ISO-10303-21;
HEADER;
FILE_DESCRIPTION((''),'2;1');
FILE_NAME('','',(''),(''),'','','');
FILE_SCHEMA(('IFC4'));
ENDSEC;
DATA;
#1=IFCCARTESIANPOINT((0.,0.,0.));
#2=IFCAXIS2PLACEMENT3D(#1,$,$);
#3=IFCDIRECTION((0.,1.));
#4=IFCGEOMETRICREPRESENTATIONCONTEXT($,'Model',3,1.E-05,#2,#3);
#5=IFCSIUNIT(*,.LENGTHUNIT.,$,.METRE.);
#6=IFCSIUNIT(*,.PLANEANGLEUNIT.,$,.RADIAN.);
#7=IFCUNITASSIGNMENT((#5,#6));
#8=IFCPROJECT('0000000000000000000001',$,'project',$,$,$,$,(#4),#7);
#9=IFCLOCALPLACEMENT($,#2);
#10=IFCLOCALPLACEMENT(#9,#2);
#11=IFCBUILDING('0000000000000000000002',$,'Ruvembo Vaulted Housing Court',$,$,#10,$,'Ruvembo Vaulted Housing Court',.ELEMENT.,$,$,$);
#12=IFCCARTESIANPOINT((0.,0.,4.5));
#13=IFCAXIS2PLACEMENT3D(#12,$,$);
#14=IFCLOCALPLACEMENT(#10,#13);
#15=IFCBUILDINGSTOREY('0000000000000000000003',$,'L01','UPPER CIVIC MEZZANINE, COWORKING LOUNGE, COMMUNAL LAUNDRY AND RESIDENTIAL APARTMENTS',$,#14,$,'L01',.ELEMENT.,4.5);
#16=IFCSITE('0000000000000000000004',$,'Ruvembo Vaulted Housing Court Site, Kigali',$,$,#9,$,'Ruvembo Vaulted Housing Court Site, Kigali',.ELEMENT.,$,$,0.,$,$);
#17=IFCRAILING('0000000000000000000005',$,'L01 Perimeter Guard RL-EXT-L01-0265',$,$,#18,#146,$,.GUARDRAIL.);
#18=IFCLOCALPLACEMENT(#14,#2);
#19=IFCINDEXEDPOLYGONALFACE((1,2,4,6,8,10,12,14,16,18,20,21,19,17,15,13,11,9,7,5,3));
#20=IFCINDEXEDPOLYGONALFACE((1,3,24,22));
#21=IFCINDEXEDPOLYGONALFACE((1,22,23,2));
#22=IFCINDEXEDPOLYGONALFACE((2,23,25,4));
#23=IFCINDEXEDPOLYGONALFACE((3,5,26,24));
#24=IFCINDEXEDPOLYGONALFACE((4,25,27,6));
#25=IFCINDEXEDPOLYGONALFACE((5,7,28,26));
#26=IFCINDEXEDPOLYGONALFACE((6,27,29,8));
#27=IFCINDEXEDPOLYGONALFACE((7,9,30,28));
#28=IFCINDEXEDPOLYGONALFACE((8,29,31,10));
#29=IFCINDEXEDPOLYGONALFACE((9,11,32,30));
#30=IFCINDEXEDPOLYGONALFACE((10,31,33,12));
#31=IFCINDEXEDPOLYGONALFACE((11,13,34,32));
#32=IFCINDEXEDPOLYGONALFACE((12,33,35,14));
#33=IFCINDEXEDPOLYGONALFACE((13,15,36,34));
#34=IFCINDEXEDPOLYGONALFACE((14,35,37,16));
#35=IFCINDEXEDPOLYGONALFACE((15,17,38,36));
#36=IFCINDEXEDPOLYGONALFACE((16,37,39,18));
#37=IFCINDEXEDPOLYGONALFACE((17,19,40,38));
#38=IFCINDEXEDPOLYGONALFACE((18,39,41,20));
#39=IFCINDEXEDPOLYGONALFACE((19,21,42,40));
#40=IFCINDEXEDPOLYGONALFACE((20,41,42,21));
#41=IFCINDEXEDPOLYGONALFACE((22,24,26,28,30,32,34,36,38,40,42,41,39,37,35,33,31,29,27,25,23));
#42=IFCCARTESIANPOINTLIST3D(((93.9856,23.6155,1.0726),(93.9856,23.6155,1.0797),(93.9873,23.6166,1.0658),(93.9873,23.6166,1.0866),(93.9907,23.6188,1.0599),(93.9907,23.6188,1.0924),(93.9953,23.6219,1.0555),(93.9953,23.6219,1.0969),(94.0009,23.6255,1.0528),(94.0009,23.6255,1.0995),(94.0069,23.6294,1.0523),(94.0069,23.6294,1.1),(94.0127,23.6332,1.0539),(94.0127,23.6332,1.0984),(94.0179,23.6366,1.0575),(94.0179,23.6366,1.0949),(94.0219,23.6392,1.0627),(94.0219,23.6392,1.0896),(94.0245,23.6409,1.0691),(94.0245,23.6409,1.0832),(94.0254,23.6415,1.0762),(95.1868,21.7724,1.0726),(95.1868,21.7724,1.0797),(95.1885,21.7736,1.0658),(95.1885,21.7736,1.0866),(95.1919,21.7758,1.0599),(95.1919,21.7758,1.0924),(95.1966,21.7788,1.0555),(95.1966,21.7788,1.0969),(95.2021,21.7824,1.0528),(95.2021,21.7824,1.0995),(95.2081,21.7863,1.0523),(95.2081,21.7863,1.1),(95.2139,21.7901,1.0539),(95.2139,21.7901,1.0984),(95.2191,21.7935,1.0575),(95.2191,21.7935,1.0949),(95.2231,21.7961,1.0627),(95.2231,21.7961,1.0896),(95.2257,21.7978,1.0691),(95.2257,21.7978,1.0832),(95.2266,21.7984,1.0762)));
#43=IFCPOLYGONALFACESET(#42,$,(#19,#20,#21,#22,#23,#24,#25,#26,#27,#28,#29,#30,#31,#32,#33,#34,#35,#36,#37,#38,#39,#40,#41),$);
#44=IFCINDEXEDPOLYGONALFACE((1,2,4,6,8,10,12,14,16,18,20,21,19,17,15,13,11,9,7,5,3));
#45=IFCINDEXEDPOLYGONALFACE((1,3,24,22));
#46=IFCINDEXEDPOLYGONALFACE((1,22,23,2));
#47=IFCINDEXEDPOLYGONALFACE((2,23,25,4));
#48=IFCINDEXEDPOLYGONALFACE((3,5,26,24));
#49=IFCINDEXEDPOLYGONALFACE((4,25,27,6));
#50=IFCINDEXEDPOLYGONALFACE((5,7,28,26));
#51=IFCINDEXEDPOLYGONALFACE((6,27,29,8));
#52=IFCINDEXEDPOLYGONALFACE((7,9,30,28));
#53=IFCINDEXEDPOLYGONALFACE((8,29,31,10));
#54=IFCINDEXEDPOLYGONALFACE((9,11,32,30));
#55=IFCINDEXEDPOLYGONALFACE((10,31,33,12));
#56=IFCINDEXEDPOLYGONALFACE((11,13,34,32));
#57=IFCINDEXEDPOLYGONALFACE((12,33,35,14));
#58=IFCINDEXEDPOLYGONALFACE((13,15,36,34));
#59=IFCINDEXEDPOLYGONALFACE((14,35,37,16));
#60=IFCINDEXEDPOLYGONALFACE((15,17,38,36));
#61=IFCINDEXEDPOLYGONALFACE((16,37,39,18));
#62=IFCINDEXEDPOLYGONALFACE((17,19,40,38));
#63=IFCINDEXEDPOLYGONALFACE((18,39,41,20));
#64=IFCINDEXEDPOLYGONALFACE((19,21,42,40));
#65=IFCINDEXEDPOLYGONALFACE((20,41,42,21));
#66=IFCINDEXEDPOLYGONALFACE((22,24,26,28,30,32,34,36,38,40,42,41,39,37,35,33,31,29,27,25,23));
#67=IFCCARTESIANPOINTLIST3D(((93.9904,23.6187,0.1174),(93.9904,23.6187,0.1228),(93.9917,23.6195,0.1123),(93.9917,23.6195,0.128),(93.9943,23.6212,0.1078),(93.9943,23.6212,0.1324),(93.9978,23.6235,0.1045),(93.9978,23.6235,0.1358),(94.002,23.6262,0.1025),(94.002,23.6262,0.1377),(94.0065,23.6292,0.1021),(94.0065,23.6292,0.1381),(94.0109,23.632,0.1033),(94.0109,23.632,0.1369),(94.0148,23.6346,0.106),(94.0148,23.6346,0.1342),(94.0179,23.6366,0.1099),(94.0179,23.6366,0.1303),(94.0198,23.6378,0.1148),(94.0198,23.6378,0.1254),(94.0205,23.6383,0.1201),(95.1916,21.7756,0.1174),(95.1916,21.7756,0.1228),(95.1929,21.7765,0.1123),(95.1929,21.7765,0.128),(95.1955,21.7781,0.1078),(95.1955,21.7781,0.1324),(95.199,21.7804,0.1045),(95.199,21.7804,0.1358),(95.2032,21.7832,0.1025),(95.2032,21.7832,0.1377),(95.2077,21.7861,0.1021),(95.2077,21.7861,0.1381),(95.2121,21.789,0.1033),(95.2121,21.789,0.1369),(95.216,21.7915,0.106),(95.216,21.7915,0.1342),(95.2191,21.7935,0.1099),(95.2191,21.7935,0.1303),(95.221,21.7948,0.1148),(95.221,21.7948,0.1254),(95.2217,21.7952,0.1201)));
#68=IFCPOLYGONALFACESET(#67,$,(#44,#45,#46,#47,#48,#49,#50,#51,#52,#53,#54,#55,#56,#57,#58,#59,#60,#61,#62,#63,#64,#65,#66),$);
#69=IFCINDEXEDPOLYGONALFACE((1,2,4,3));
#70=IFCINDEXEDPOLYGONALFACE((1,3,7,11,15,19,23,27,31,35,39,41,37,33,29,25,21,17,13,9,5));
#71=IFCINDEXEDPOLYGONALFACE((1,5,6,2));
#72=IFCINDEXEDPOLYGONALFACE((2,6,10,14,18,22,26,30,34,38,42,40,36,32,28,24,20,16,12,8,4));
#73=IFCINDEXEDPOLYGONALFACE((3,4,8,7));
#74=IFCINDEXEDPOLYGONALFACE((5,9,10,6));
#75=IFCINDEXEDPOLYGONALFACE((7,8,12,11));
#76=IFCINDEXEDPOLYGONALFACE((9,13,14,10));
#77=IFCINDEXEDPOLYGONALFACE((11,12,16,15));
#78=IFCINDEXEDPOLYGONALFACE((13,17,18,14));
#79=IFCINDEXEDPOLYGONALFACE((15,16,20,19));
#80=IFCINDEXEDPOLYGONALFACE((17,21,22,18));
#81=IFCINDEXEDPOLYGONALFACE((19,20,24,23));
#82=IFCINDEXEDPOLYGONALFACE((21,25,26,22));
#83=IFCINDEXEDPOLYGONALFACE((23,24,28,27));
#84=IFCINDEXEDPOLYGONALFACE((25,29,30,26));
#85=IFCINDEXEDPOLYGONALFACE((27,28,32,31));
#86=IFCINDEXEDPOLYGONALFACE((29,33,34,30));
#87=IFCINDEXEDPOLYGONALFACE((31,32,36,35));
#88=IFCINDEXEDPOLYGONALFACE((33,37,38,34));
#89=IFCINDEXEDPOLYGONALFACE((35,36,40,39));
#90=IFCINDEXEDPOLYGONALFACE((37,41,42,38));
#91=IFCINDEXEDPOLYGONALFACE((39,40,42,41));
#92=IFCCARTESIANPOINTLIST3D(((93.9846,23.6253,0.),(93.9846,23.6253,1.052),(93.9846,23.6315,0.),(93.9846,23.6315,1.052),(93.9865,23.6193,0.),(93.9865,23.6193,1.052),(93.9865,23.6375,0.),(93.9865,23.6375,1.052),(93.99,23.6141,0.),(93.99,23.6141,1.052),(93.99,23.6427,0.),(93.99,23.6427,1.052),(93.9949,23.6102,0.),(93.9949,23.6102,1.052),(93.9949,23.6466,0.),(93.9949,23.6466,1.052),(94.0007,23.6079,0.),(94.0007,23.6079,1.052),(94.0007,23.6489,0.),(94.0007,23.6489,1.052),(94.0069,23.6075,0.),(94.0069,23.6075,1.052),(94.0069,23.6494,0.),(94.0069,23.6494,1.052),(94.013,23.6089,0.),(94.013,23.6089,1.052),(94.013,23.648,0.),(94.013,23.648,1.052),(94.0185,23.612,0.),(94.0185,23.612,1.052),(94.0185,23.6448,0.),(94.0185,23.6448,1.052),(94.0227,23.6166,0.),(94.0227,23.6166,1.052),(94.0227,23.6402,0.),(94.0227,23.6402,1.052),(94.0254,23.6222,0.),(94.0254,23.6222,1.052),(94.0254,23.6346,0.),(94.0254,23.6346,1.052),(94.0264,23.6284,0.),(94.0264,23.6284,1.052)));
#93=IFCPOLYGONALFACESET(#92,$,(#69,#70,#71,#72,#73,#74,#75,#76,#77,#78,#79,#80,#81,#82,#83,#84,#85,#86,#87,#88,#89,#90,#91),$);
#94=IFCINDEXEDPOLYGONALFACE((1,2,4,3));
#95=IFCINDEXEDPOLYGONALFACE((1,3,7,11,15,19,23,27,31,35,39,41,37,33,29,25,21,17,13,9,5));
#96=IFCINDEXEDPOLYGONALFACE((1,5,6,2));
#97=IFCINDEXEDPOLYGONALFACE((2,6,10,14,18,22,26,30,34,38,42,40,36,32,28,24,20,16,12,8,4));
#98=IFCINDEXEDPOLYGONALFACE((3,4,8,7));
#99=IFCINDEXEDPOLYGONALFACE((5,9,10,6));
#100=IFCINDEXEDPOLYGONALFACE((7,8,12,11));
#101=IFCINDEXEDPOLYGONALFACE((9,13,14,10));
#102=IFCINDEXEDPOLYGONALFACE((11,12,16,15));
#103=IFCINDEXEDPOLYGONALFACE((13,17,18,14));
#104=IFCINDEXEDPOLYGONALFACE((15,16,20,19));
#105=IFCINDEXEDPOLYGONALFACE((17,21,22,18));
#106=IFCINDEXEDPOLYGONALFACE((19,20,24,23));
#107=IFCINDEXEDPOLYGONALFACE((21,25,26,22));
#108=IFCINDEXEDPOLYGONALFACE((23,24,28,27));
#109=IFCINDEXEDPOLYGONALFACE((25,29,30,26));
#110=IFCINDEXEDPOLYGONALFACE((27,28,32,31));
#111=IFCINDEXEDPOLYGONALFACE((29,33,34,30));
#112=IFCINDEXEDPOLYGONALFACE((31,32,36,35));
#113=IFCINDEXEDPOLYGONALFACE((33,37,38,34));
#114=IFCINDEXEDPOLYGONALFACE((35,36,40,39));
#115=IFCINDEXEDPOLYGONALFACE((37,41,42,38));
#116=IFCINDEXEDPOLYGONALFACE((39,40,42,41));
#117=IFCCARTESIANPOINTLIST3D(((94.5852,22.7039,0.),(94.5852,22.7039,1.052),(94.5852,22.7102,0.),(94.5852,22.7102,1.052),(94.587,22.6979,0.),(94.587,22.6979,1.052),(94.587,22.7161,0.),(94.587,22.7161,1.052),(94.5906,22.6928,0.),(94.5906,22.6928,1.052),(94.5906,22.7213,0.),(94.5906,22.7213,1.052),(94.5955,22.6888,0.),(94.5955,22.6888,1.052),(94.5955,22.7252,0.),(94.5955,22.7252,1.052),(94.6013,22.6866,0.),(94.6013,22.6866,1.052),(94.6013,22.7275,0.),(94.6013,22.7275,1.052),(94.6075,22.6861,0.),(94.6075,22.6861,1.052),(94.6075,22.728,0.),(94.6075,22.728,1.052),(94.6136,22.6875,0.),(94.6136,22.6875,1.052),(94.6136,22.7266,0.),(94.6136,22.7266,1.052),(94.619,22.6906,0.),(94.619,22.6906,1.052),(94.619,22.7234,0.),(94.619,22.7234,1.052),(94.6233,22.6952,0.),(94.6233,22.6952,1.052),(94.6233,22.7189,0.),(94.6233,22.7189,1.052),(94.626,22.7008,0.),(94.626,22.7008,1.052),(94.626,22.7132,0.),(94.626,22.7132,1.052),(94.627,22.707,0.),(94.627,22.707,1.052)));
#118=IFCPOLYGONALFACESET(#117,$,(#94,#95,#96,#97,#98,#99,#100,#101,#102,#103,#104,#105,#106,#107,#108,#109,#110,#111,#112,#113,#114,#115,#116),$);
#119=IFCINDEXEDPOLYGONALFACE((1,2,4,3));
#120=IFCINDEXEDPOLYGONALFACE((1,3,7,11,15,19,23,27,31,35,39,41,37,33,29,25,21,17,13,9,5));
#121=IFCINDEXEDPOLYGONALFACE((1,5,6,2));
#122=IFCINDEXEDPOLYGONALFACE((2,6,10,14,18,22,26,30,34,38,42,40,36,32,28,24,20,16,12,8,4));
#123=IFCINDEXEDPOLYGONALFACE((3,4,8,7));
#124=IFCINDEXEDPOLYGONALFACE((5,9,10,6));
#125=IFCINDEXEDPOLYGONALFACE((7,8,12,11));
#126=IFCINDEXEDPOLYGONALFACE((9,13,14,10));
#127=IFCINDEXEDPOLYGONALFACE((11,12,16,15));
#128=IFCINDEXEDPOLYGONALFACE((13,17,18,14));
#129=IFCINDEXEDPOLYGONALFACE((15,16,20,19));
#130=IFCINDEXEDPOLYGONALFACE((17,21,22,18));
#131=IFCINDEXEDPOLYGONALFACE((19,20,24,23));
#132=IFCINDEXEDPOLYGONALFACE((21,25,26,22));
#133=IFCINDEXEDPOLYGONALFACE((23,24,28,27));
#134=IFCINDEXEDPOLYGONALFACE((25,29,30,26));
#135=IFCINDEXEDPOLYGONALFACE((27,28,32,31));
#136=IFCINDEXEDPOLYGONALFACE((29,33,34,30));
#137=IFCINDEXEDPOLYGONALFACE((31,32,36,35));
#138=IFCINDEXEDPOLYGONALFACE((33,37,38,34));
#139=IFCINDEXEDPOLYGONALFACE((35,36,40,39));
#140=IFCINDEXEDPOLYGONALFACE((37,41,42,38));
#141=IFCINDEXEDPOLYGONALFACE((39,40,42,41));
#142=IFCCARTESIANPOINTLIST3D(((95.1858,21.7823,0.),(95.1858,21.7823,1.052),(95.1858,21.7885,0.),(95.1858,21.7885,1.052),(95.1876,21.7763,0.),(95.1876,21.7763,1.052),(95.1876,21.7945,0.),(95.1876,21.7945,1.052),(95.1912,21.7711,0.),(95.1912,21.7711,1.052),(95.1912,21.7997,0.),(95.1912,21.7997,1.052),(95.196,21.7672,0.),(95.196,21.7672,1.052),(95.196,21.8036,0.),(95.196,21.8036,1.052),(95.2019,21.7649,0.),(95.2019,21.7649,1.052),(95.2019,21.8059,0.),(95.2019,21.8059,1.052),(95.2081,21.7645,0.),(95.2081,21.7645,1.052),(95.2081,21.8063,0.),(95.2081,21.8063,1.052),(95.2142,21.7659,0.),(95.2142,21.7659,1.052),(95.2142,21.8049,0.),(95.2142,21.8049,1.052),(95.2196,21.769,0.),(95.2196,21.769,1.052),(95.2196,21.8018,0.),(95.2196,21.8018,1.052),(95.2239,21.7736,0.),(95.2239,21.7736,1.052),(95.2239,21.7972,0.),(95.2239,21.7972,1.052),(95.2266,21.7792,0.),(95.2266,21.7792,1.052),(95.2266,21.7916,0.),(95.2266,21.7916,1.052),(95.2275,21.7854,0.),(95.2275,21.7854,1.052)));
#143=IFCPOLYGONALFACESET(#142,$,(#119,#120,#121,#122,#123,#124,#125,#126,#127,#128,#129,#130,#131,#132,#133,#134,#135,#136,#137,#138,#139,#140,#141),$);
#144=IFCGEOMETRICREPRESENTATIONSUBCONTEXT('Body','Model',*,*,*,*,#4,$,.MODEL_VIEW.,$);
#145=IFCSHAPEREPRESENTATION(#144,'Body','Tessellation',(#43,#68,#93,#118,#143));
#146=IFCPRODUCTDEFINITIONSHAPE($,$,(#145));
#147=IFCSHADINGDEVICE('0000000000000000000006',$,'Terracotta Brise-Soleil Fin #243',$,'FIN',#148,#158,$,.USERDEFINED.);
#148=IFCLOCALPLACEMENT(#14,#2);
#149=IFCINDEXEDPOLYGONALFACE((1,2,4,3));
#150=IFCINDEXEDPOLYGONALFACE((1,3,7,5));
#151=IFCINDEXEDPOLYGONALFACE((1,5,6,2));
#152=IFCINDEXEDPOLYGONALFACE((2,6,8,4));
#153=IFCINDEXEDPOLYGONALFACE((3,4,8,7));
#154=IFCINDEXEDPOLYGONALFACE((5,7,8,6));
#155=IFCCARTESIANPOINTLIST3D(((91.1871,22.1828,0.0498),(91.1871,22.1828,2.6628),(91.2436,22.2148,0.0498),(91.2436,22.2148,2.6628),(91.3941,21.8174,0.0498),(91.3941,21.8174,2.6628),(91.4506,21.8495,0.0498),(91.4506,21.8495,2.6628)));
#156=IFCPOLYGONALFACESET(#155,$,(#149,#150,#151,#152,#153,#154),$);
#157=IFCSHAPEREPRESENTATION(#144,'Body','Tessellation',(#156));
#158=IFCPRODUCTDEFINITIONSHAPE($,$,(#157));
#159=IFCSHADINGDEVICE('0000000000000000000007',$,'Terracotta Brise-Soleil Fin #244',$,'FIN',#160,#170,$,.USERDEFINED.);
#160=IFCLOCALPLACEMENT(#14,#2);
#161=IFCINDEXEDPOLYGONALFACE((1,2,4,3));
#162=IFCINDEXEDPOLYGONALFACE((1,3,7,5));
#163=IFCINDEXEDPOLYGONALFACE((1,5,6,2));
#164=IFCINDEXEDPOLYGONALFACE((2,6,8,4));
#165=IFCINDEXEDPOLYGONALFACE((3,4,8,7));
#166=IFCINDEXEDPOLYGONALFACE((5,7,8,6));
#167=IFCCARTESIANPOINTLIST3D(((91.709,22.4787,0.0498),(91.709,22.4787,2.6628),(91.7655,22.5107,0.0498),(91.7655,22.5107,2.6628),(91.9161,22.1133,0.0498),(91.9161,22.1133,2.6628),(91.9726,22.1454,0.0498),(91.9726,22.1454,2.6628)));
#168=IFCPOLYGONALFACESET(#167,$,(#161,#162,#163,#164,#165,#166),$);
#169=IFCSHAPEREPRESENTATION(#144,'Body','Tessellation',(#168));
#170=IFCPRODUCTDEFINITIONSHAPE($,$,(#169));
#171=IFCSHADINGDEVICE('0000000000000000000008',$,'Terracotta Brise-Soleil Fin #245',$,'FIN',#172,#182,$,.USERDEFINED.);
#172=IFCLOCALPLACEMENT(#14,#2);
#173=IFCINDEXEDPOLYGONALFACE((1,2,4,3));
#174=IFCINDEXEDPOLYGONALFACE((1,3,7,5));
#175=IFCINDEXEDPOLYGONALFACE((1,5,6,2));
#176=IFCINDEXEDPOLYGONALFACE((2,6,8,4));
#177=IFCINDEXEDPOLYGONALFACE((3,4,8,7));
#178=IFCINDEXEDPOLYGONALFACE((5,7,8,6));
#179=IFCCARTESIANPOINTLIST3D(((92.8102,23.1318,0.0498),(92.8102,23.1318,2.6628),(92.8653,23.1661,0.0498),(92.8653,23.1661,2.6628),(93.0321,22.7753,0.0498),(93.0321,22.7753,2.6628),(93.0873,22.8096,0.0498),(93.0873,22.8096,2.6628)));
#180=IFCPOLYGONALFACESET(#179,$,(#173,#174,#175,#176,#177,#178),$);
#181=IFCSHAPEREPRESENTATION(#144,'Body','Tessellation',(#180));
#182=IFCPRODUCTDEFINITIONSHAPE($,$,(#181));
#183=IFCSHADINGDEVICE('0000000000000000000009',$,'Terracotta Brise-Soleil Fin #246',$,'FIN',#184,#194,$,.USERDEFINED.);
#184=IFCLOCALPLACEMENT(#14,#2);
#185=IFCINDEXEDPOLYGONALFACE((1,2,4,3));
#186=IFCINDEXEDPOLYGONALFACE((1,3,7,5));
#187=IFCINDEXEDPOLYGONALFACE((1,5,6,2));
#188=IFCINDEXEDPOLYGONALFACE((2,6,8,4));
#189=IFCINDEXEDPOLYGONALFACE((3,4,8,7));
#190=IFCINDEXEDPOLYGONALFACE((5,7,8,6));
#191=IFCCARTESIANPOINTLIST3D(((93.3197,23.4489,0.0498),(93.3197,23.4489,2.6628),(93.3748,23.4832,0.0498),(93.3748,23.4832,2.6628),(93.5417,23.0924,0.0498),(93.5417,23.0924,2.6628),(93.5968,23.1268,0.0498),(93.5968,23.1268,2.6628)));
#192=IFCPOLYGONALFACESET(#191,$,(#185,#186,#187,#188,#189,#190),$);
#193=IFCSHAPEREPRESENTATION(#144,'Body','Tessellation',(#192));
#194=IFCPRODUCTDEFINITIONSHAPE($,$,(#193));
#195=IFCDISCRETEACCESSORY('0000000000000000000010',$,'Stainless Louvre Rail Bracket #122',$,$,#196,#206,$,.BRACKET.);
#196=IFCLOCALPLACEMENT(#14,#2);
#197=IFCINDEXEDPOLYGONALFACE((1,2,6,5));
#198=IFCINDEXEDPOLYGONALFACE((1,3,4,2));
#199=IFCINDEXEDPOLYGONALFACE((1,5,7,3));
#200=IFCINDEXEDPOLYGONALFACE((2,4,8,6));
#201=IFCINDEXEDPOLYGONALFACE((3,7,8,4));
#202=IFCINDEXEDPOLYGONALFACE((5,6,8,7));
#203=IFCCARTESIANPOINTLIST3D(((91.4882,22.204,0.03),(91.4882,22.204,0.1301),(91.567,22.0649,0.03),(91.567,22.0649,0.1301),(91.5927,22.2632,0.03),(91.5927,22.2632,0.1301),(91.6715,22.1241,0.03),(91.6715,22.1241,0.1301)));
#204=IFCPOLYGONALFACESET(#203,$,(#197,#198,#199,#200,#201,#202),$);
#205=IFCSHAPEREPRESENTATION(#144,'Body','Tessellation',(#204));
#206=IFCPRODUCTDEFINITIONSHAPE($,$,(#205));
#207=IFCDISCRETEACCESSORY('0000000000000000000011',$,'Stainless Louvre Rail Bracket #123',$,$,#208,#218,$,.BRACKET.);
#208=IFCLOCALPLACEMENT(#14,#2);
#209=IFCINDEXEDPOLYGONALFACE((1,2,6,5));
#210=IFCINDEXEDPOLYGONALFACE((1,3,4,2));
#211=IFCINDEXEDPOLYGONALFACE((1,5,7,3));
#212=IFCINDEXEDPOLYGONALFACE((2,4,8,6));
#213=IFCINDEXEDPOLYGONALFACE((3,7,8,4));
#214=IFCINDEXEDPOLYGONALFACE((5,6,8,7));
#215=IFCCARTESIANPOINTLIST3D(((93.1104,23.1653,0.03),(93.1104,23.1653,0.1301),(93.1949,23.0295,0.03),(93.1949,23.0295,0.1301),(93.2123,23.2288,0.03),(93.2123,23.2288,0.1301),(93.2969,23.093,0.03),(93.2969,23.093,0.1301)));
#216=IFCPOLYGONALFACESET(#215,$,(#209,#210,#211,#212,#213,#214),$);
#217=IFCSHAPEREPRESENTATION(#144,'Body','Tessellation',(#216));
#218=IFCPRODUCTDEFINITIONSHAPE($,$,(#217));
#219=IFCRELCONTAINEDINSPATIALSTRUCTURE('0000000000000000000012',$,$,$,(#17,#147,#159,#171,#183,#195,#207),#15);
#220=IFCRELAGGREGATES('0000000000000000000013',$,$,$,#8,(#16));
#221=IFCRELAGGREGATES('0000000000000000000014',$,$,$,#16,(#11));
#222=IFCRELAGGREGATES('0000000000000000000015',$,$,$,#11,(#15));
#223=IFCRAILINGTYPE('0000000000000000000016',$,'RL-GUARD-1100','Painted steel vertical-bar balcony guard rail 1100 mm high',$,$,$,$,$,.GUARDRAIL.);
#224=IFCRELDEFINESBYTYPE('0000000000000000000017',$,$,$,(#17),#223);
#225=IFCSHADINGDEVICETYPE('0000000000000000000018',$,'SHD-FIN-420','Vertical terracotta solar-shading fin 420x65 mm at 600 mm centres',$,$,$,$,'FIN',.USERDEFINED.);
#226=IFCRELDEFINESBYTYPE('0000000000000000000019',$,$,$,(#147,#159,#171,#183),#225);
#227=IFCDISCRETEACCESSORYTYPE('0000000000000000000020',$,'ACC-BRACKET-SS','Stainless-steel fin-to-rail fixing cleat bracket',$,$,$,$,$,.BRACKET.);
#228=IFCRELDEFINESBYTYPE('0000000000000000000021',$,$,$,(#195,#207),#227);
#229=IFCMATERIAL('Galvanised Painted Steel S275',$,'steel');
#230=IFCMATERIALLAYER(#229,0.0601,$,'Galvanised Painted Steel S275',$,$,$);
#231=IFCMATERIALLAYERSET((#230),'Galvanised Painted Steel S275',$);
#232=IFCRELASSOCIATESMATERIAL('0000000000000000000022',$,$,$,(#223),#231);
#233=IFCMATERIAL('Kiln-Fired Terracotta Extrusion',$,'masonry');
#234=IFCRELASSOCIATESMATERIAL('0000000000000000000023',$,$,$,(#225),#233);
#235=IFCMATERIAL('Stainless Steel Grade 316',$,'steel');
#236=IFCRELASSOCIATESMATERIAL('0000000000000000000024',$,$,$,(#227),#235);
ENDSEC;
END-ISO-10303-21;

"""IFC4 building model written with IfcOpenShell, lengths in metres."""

from ifc_helpers import new_model, si_unit, direction, frame, origin, origin_2d, place, context, subcontext, project, spatial, rectangle, circle, extrude, material, layer, layer_set, type_object, element, save


model = new_model("IFC4")

# Units and contexts
model_context = context("Model", 3, precision=1e-05, world=origin(), true_north=direction((0.0, 1.0)))
body_context = subcontext(model_context, "Body", "Model", "MODEL_VIEW")
ifc_project = project(units=[si_unit("LENGTHUNIT", "METRE"), si_unit("PLANEANGLEUNIT", "RADIAN")], contexts=[model_context])

# Site, building, storey
site_placement = place(None, origin())
site = spatial("IfcSite", under=ifc_project, at=site_placement, Name="Ruvembo Vaulted Housing Court Site, Kigali", LongName="Ruvembo Vaulted Housing Court Site, Kigali", CompositionType="ELEMENT", RefElevation=0.0)
building_placement = place(site_placement, origin())
building = spatial("IfcBuilding", under=site, at=building_placement, Name="Ruvembo Vaulted Housing Court", LongName="Ruvembo Vaulted Housing Court", CompositionType="ELEMENT")
storey_placement = place(building_placement, frame((0.0, 0.0, 4.5)))
storey = spatial("IfcBuildingStorey", under=building, at=storey_placement, Name="L01", Description="UPPER CIVIC MEZZANINE, COWORKING LOUNGE, COMMUNAL LAUNDRY AND RESIDENTIAL APARTMENTS", LongName="L01", CompositionType="ELEMENT", Elevation=4.5)

# Railing
ifc_material_1 = material(Name="Galvanised Painted Steel S275", Category="steel")
ifc_layer_1 = layer(ifc_material_1, 0.0601, Name="Galvanised Painted Steel S275")
ifc_layer_set_1 = layer_set([ifc_layer_1], Name="Galvanised Painted Steel S275")
railing_type = type_object("IfcRailingType", Name="RL-GUARD-1100", Description="Painted steel vertical-bar balcony guard rail 1100 mm high", PredefinedType="GUARDRAIL", material=ifc_layer_set_1)
railing_1_placement = place(storey_placement, frame((94.0054, 23.6284, 0.0)))
element("IfcRailing", 1, at=railing_1_placement, inside=storey, type_object=railing_type, Name="L01 Perimeter Guard RL-EXT-L01-0265", PredefinedType="GUARDRAIL", context=body_context, shape_type="SweptSolid", body=[
    extrude(circle(Radius=0.0239, at=origin_2d()), frame((0.0, 0.0, 1.0762), z_axis=(0.546014, -0.837776, 0.0), x_axis=(0.837776, 0.546014, 0.0)), (0.0, 0.0, 1.0), 2.2),
    extrude(circle(Radius=0.0181, at=origin_2d()), frame((0.0, 0.0, 0.1201), z_axis=(0.546014, -0.837776, 0.0), x_axis=(0.837776, 0.546014, 0.0)), (0.0, 0.0, 1.0), 2.2),
    extrude(circle(Radius=0.021, at=origin_2d()), origin(), (0.0, 0.0, 1.0), 1.052),
    extrude(circle(Radius=0.021, at=origin_2d()), frame((0.6006, -0.9214, 0.0)), (0.0, 0.0, 1.0), 1.052),
    extrude(circle(Radius=0.021, at=origin_2d()), frame((1.2012, -1.843, 0.0)), (0.0, 0.0, 1.0), 1.052),
])

# Shading devices
ifc_material_2 = material(Name="Kiln-Fired Terracotta Extrusion", Category="masonry")
shading_device_type = type_object("IfcShadingDeviceType", Name="SHD-FIN-420", Description="Vertical terracotta solar-shading fin 420x65 mm at 600 mm centres", ElementType="FIN", PredefinedType="USERDEFINED", material=ifc_material_2)
for number, where, z_axis, x_axis, name in (
    (2, (91.3188, 22.0161, 0.0498), (0.0, 0.0, 1.0), (0.493107, -0.869969, 0.0), "Terracotta Brise-Soleil Fin #243"),
    (3, (91.8408, 22.312, 0.0498), (0.0, 0.0, 1.0), (0.493107, -0.869969, 0.0), "Terracotta Brise-Soleil Fin #244"),
    (4, (92.9487, 22.9707, 0.0498), (0.0, 0.0, 1.0), (0.528557, -0.848898, 0.0), "Terracotta Brise-Soleil Fin #245"),
    (5, (93.4583, 23.2878, 0.0498), (0.0, 0.0, 1.0), (0.528557, -0.848898, 0.0), "Terracotta Brise-Soleil Fin #246"),
):
    element("IfcShadingDevice", number, at=place(storey_placement, frame(where, z_axis=z_axis, x_axis=x_axis)), inside=storey, type_object=shading_device_type, Name=name, ObjectType="FIN", PredefinedType="USERDEFINED", context=body_context, shape_type="SweptSolid", body=[
        extrude(rectangle(XDim=0.4199, YDim=0.0649, at=origin_2d()), origin(), (0.0, 0.0, 1.0), 2.613),
    ])

# Discrete accessories
ifc_material_3 = material(Name="Stainless Steel Grade 316", Category="steel")
discrete_accessory_type = type_object("IfcDiscreteAccessoryType", Name="ACC-BRACKET-SS", Description="Stainless-steel fin-to-rail fixing cleat bracket", PredefinedType="BRACKET", material=ifc_material_3)
for number, where, z_axis, x_axis, name in (
    (6, (91.5798, 22.1641, 0.03), (0.0, 0.0, 1.0), (0.493107, -0.869969, 0.0), "Stainless Louvre Rail Bracket #122"),
    (7, (93.2036, 23.1292, 0.03), (0.0, 0.0, 1.0), (0.528557, -0.848898, 0.0), "Stainless Louvre Rail Bracket #123"),
):
    element("IfcDiscreteAccessory", number, at=place(storey_placement, frame(where, z_axis=z_axis, x_axis=x_axis)), inside=storey, type_object=discrete_accessory_type, Name=name, PredefinedType="BRACKET", context=body_context, shape_type="SweptSolid", body=[
        extrude(rectangle(XDim=0.1599, YDim=0.1201, at=origin_2d()), origin(), (0.0, 0.0, 1.0), 0.1001),
    ])

save(model, "model.ifc")
